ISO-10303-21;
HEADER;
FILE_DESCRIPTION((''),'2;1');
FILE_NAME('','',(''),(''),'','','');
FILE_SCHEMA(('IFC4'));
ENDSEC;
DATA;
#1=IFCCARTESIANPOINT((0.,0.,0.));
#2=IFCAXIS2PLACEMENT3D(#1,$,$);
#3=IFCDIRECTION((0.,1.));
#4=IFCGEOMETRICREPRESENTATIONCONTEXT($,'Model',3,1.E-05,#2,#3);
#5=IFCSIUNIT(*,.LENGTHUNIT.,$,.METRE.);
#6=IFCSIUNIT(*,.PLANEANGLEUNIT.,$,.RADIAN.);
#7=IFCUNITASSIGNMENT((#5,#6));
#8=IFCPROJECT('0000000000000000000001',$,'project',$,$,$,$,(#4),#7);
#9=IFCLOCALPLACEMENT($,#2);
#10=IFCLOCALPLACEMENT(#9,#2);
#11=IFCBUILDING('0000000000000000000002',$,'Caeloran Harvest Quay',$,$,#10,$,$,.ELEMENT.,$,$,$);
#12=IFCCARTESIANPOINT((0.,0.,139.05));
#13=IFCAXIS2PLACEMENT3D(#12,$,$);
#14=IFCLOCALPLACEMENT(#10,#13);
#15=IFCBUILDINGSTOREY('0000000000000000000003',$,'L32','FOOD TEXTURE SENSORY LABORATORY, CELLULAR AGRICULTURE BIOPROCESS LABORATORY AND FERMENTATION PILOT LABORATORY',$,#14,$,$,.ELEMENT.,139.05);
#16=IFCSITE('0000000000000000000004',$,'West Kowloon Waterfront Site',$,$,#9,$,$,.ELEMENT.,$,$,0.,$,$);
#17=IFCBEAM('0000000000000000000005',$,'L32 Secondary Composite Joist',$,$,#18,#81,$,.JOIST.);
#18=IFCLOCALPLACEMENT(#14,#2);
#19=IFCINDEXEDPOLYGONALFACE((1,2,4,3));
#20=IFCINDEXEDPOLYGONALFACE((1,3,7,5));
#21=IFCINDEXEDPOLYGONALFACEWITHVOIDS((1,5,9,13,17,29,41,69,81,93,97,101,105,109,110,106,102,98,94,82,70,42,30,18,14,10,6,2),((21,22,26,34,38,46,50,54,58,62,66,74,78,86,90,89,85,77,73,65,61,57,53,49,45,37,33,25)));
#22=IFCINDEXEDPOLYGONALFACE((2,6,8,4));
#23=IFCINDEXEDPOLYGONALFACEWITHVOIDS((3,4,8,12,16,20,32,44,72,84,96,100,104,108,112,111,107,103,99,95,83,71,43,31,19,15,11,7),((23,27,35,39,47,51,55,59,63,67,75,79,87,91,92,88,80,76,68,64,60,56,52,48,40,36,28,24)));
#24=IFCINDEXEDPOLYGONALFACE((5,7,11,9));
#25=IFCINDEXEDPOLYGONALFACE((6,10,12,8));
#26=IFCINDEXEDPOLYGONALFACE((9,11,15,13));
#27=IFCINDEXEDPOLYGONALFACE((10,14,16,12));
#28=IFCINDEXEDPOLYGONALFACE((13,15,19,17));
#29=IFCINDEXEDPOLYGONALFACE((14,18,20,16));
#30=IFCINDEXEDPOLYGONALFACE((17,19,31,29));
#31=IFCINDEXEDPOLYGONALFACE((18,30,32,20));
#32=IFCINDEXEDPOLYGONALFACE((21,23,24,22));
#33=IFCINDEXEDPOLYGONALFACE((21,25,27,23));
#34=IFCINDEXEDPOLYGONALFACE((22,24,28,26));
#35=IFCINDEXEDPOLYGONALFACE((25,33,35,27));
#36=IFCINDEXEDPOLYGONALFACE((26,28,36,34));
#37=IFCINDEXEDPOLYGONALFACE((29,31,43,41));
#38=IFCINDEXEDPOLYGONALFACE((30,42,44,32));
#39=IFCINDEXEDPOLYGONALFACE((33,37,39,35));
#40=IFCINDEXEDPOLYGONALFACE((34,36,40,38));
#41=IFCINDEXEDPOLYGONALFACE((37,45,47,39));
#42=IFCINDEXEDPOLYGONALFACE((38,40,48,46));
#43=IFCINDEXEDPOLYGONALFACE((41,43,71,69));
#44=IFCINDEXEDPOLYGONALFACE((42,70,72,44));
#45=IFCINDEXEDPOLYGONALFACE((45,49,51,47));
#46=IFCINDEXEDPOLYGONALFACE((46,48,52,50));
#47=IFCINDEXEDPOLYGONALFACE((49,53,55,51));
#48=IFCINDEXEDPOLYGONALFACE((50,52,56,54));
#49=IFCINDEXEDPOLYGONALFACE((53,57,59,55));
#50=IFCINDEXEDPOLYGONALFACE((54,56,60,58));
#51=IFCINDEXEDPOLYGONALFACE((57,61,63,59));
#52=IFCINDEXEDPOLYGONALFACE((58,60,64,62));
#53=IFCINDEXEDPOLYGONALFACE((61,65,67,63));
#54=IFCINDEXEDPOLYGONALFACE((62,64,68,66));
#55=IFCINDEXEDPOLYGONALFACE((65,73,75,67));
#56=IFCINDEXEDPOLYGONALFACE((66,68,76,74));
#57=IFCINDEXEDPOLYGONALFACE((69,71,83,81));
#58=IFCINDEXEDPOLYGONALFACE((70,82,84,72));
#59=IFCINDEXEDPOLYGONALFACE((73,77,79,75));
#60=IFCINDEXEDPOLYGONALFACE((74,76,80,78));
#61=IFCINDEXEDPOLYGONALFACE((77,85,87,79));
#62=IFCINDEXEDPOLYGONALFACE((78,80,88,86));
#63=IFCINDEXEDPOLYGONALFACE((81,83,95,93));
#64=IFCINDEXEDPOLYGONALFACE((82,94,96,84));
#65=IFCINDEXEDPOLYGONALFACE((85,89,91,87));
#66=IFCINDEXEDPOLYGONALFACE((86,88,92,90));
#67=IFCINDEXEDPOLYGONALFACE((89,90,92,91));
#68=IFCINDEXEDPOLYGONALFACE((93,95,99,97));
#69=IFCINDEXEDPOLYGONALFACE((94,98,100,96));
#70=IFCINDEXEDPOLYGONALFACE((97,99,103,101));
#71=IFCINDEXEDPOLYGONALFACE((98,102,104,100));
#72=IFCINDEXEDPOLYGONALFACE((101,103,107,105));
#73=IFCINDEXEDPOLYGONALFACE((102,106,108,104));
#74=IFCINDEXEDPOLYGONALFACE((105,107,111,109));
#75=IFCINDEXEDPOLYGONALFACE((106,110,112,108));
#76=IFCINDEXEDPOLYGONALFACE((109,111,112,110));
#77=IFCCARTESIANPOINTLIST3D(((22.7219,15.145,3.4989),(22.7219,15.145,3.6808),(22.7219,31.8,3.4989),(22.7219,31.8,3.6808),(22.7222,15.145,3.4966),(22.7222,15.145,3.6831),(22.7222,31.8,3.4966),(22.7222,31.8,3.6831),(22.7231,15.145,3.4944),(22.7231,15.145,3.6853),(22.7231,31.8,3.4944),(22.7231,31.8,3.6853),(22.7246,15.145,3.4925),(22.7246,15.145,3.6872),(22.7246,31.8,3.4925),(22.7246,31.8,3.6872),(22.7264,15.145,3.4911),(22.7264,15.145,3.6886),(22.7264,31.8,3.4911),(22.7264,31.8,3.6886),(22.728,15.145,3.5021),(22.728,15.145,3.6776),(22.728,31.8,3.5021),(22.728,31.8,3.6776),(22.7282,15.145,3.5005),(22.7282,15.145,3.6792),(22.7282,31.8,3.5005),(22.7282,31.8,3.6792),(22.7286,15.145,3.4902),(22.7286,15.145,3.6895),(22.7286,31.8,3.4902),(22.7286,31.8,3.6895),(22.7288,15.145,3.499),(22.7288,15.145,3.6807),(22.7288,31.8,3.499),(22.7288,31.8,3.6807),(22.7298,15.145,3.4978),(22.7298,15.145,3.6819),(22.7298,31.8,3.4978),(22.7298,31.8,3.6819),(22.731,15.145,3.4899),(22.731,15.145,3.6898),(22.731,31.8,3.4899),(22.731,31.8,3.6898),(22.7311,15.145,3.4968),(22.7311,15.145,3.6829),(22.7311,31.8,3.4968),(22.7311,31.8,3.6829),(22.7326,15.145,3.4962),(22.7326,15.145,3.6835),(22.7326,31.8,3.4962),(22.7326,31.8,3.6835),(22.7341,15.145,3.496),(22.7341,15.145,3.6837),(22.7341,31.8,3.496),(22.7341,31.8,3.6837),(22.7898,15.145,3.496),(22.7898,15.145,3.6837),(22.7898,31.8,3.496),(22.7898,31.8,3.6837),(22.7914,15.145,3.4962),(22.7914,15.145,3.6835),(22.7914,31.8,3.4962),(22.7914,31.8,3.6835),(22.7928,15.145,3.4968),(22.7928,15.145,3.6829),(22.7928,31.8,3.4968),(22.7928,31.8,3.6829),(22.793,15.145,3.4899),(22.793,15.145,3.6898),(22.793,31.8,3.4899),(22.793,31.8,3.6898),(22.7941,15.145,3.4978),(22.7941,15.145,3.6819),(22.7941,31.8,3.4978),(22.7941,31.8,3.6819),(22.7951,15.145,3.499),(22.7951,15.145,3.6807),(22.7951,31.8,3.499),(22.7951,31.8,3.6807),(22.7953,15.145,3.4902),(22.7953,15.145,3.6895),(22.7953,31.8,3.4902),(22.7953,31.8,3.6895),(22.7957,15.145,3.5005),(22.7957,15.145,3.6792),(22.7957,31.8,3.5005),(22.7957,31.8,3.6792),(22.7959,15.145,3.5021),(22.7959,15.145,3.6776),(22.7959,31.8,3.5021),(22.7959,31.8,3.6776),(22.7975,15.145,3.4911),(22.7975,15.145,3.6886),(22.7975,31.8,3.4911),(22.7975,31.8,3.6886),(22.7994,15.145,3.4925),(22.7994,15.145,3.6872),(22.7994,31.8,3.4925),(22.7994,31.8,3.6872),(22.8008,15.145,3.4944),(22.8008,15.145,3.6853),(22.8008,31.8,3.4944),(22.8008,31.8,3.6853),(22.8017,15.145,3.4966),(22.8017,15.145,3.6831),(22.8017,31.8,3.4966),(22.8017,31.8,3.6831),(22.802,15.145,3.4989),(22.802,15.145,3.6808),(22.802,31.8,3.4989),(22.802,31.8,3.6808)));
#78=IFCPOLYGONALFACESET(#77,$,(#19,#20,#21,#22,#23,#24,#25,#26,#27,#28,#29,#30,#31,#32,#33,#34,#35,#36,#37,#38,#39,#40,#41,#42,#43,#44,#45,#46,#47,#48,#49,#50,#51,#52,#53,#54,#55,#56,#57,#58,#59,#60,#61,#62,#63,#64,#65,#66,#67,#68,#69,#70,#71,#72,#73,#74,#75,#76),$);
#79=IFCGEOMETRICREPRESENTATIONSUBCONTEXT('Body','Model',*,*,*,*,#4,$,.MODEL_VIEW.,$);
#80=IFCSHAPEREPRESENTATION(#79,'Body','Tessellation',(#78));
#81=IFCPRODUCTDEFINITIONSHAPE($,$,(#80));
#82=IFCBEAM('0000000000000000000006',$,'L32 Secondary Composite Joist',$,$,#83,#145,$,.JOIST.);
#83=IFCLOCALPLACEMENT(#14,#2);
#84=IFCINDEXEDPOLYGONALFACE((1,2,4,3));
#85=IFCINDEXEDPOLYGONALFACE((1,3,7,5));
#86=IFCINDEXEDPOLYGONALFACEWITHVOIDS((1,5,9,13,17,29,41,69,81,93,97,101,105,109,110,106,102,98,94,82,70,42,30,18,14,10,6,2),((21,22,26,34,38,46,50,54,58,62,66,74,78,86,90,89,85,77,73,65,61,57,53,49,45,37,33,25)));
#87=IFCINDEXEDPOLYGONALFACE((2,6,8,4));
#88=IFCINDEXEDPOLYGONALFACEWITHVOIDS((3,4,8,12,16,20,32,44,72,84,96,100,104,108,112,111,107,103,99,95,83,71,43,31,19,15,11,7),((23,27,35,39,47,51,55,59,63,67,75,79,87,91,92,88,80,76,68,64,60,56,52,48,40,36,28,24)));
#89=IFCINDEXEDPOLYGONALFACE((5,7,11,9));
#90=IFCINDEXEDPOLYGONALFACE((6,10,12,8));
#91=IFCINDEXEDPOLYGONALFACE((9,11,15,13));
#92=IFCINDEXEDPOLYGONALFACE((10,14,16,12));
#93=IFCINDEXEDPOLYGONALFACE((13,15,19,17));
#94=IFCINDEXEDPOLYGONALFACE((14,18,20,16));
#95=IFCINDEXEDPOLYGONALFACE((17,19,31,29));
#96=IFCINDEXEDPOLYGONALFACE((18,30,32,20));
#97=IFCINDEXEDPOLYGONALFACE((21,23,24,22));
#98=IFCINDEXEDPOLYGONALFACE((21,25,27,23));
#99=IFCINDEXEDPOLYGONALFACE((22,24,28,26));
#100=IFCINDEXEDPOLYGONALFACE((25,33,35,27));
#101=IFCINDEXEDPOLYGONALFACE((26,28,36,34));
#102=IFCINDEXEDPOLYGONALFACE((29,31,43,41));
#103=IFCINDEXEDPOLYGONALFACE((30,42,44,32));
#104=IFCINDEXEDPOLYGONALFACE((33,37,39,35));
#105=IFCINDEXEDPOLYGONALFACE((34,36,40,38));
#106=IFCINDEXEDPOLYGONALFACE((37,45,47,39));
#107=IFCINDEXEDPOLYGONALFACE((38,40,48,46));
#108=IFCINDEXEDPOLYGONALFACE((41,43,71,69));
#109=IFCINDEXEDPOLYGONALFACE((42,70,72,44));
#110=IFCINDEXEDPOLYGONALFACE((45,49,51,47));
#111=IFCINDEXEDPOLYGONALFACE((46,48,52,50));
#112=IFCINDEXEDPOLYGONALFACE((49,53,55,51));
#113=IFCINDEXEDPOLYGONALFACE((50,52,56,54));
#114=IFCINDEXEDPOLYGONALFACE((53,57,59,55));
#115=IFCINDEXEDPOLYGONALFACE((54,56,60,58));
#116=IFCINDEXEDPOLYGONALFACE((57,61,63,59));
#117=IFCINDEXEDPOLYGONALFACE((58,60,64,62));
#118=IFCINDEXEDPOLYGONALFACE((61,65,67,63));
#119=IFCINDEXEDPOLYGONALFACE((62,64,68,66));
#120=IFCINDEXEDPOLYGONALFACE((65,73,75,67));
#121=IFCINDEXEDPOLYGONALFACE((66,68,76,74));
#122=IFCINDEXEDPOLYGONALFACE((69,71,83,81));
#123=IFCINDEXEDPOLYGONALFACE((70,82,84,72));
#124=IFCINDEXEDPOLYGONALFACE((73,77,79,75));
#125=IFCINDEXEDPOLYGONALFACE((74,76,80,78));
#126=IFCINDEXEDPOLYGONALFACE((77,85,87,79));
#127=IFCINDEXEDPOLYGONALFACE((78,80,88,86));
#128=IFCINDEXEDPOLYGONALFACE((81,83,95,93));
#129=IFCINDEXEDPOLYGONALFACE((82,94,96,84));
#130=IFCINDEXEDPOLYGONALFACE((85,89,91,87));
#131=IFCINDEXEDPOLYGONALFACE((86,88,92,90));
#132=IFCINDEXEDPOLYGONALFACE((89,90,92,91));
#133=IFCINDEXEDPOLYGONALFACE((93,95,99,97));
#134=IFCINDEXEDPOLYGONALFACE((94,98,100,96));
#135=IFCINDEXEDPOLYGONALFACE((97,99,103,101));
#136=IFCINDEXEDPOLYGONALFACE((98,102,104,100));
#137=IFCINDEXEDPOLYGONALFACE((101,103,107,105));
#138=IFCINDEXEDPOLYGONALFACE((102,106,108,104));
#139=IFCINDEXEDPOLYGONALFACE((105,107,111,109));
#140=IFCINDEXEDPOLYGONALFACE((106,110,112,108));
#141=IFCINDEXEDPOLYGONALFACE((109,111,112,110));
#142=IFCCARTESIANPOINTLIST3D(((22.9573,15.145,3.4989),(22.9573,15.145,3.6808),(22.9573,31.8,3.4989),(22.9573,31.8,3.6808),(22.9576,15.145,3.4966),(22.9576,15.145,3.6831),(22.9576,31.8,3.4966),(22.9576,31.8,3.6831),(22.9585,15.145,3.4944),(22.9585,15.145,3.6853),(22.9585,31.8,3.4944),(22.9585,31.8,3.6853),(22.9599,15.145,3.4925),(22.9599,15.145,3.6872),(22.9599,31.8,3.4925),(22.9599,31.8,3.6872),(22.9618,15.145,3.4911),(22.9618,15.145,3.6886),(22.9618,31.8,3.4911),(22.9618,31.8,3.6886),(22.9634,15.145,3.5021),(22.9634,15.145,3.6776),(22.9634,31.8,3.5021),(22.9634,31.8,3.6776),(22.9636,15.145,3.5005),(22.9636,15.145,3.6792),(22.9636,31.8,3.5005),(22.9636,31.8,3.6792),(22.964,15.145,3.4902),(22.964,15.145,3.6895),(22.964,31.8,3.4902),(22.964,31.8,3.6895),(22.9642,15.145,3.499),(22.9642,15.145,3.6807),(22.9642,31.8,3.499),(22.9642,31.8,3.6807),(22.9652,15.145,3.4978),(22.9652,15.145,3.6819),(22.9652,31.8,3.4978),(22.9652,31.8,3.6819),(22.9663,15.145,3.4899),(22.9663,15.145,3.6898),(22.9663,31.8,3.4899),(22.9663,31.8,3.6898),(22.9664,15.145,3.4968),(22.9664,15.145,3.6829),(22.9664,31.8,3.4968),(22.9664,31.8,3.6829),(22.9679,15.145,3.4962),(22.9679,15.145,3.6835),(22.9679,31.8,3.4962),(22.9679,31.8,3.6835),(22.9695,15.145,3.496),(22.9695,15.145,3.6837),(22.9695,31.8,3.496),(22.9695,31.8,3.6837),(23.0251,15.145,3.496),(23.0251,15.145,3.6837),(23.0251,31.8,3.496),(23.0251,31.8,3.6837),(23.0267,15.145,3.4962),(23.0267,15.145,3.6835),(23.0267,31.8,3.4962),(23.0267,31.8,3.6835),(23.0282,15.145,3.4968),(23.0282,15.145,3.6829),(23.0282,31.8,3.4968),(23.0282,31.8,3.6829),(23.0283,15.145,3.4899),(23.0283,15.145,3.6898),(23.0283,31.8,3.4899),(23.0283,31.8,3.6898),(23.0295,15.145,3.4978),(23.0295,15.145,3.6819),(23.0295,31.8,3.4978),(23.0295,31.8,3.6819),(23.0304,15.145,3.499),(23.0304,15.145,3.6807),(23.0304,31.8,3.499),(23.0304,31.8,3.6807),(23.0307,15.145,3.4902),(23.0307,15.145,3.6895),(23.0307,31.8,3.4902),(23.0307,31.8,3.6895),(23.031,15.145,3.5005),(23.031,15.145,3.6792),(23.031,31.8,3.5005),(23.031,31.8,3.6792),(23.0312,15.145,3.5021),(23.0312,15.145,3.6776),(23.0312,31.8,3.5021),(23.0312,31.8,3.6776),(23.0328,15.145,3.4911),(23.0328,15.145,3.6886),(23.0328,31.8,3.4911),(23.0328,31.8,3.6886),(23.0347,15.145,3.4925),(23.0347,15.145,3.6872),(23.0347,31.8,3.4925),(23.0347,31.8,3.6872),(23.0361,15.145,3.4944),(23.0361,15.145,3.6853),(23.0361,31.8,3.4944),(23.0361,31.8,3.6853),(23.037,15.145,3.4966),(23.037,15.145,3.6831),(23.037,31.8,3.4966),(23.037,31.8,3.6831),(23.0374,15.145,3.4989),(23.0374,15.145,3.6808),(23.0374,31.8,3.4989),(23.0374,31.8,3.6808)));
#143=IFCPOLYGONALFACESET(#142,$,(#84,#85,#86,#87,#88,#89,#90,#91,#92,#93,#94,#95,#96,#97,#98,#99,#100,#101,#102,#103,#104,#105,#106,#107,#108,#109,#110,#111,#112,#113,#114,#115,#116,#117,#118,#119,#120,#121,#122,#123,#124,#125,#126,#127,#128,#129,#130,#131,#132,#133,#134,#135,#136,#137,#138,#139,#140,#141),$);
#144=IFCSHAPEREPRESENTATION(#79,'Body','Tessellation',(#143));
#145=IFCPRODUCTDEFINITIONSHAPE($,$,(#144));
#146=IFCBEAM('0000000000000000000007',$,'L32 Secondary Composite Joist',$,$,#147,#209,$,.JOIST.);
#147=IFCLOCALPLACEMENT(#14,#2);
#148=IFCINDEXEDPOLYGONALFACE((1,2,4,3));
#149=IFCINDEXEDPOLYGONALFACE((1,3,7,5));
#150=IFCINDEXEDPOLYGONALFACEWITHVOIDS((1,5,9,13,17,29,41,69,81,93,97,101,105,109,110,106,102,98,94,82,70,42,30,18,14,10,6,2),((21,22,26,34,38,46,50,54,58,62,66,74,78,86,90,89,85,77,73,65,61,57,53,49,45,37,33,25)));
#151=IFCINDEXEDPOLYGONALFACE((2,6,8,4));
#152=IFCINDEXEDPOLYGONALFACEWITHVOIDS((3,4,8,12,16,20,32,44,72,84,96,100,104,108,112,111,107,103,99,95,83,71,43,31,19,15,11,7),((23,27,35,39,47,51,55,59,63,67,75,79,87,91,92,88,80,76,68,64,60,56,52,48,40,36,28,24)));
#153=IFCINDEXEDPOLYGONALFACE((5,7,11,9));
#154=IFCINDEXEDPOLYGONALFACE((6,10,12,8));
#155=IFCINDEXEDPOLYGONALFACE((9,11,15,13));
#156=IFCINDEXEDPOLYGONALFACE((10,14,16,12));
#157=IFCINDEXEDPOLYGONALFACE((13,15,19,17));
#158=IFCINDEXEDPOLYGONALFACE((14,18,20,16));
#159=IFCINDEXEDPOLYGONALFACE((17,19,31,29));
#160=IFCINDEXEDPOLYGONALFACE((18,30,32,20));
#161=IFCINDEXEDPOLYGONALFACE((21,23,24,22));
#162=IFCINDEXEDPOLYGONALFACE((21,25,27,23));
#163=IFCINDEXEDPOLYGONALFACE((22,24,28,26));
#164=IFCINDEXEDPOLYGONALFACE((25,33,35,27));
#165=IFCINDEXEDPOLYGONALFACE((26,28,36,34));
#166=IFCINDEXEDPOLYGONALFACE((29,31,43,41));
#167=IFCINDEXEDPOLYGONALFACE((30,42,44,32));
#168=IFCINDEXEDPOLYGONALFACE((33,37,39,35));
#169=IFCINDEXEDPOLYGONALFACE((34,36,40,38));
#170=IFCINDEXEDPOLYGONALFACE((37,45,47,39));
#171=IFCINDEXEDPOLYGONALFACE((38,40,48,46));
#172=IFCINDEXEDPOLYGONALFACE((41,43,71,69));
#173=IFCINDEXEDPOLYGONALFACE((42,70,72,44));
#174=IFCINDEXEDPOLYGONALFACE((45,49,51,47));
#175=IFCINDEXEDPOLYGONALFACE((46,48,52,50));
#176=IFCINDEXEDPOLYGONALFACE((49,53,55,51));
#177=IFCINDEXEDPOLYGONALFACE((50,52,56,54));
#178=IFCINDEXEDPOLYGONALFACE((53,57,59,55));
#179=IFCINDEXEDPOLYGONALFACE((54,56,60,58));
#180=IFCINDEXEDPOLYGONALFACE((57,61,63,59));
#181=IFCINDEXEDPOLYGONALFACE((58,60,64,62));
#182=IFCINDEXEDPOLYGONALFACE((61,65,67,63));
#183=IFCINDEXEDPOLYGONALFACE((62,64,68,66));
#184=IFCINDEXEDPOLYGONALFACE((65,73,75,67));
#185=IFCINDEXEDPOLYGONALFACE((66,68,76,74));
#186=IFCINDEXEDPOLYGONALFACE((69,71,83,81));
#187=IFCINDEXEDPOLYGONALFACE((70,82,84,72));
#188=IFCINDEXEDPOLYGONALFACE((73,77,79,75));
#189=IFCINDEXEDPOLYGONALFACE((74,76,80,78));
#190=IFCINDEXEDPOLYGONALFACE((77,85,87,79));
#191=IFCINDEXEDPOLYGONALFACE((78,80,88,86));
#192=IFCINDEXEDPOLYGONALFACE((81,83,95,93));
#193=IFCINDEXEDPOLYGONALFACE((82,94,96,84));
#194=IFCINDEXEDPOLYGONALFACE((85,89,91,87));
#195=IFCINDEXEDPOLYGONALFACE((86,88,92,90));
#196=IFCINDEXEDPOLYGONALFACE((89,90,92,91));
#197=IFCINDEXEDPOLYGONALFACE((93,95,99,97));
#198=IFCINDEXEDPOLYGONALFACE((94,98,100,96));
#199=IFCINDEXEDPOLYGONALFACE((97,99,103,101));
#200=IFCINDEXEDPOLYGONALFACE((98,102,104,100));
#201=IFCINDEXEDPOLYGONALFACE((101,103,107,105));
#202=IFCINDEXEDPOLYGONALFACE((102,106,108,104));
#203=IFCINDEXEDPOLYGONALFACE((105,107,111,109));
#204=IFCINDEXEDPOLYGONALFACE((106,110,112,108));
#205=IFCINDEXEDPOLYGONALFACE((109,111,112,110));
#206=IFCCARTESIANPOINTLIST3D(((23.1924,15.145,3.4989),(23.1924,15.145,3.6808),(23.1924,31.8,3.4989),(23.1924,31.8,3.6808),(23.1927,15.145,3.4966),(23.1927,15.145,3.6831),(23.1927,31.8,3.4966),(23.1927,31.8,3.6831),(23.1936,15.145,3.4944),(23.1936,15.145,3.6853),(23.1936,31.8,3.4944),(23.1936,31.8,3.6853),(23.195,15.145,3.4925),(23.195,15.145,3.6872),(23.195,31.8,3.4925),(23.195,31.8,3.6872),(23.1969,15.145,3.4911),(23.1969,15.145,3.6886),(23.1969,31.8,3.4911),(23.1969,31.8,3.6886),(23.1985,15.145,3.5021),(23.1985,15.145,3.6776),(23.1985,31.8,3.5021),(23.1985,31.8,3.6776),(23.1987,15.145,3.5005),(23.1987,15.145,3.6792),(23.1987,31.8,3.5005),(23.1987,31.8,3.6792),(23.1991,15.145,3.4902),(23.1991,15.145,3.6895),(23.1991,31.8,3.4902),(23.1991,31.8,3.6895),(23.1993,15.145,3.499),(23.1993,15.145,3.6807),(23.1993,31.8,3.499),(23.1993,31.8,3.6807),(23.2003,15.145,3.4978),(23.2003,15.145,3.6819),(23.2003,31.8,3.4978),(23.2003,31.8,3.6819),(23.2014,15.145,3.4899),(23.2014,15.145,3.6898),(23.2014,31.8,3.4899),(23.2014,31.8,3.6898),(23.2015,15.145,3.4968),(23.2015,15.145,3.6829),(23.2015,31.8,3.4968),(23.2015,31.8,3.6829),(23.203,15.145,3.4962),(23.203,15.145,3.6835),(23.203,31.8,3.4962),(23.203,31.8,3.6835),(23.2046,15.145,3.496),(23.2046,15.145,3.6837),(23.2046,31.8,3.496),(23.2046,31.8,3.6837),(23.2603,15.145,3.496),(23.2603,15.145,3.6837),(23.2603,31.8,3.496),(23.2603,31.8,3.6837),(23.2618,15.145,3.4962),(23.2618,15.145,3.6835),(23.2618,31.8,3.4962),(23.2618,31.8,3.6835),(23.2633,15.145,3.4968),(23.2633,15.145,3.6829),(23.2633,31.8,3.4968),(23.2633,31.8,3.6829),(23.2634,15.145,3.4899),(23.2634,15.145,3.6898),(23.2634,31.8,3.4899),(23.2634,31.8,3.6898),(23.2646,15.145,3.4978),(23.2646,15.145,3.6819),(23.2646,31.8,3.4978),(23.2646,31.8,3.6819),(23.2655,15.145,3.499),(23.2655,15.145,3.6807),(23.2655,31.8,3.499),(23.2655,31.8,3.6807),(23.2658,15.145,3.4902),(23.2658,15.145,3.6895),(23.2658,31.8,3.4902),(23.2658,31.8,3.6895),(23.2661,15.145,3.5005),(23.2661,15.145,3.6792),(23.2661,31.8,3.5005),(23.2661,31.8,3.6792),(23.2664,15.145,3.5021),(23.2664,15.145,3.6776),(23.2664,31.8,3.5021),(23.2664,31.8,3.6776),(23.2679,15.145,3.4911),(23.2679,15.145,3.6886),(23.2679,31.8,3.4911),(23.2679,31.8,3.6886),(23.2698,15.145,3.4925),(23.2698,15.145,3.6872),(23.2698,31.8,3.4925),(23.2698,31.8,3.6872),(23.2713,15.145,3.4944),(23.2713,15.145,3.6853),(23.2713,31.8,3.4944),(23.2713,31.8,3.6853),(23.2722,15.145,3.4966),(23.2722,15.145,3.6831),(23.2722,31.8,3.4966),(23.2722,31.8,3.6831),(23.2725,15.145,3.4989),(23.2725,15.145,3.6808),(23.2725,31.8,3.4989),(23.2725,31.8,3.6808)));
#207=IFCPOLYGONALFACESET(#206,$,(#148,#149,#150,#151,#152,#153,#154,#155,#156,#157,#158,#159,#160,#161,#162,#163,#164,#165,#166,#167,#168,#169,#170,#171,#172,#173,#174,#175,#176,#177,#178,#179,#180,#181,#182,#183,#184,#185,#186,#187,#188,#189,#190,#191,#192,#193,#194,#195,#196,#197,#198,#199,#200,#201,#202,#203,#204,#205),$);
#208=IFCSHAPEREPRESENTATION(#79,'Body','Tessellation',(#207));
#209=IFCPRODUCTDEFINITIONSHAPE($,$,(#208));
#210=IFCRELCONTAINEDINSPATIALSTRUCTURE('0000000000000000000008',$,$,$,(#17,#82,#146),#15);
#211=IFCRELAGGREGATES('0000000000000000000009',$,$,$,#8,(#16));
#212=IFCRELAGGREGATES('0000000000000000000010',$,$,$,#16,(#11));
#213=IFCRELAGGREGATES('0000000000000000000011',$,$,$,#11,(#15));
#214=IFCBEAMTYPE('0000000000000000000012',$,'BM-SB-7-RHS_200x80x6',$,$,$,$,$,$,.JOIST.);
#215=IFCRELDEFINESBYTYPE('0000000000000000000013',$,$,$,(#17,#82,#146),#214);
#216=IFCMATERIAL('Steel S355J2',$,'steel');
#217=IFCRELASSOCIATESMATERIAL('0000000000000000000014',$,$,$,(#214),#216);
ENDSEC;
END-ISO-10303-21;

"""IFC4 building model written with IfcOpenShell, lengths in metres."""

from ifc_helpers import new_model, si_unit, direction, frame, origin, origin_2d, place, context, subcontext, project, spatial, hollow_rectangle, extrude, material, material_profile, profile_set, type_object, element, save


model = new_model("IFC4")

# Units and contexts
model_context = context("Model", 3, precision=1e-05, world=origin(), true_north=direction((0.0, 1.0)))
body_context = subcontext(model_context, "Body", "Model", "MODEL_VIEW")
ifc_project = project(units=[si_unit("LENGTHUNIT", "METRE"), si_unit("PLANEANGLEUNIT", "RADIAN")], contexts=[model_context])

# Site, building, storey
site_placement = place(None, origin())
site = spatial("IfcSite", under=ifc_project, at=site_placement, Name="West Kowloon Waterfront Site", CompositionType="ELEMENT", RefElevation=0.0)
building_placement = place(site_placement, origin())
building = spatial("IfcBuilding", under=site, at=building_placement, Name="Caeloran Harvest Quay", CompositionType="ELEMENT")
storey_placement = place(building_placement, frame((0.0, 0.0, 139.05)))
storey = spatial("IfcBuildingStorey", under=building, at=storey_placement, Name="L32", Description="FOOD TEXTURE SENSORY LABORATORY, CELLULAR AGRICULTURE BIOPROCESS LABORATORY AND FERMENTATION PILOT LABORATORY", CompositionType="ELEMENT", Elevation=139.05)

# Beams
ifc_material_1 = material(Name="Steel S355J2", Category="steel")
ifc_material_profile_1 = material_profile(ifc_material_1, hollow_rectangle(XDim=0.0801, YDim=0.2, WallThickness=0.0061, InnerFilletRadius=0.0061, OuterFilletRadius=0.009, at=origin_2d()), Name="RHS 200x80x6")
ifc_profile_set_1 = profile_set([ifc_material_profile_1], Name="Steel S355J2")
beam_type_1 = type_object("IfcBeamType", Name="BM-SB-7-RHS_200x80x6", PredefinedType="JOIST", material=ifc_profile_set_1)
for number, where, z_axis, x_axis, name in (
    (1, (22.762, 15.145, 3.5898), (0.0, 1.0, 0.0), (-1.0, 0.0, 0.0), "L32 Secondary Composite Joist"),
    (2, (22.9973, 15.145, 3.5898), (0.0, 1.0, 0.0), (-1.0, 0.0, 0.0), "L32 Secondary Composite Joist"),
    (3, (23.2324, 15.145, 3.5898), (0.0, 1.0, 0.0), (-1.0, 0.0, 0.0), "L32 Secondary Composite Joist"),
):
    element("IfcBeam", number, at=place(storey_placement, frame(where, z_axis=z_axis, x_axis=x_axis)), inside=storey, type_object=beam_type_1, Name=name, PredefinedType="JOIST", context=body_context, shape_type="SweptSolid", body=[
        extrude(hollow_rectangle(XDim=0.0801, YDim=0.2, WallThickness=0.0061, InnerFilletRadius=0.0061, OuterFilletRadius=0.009, at=origin_2d()), origin(), (0.0, 0.0, 1.0), 16.655),
    ])

save(model, "model.ifc")
